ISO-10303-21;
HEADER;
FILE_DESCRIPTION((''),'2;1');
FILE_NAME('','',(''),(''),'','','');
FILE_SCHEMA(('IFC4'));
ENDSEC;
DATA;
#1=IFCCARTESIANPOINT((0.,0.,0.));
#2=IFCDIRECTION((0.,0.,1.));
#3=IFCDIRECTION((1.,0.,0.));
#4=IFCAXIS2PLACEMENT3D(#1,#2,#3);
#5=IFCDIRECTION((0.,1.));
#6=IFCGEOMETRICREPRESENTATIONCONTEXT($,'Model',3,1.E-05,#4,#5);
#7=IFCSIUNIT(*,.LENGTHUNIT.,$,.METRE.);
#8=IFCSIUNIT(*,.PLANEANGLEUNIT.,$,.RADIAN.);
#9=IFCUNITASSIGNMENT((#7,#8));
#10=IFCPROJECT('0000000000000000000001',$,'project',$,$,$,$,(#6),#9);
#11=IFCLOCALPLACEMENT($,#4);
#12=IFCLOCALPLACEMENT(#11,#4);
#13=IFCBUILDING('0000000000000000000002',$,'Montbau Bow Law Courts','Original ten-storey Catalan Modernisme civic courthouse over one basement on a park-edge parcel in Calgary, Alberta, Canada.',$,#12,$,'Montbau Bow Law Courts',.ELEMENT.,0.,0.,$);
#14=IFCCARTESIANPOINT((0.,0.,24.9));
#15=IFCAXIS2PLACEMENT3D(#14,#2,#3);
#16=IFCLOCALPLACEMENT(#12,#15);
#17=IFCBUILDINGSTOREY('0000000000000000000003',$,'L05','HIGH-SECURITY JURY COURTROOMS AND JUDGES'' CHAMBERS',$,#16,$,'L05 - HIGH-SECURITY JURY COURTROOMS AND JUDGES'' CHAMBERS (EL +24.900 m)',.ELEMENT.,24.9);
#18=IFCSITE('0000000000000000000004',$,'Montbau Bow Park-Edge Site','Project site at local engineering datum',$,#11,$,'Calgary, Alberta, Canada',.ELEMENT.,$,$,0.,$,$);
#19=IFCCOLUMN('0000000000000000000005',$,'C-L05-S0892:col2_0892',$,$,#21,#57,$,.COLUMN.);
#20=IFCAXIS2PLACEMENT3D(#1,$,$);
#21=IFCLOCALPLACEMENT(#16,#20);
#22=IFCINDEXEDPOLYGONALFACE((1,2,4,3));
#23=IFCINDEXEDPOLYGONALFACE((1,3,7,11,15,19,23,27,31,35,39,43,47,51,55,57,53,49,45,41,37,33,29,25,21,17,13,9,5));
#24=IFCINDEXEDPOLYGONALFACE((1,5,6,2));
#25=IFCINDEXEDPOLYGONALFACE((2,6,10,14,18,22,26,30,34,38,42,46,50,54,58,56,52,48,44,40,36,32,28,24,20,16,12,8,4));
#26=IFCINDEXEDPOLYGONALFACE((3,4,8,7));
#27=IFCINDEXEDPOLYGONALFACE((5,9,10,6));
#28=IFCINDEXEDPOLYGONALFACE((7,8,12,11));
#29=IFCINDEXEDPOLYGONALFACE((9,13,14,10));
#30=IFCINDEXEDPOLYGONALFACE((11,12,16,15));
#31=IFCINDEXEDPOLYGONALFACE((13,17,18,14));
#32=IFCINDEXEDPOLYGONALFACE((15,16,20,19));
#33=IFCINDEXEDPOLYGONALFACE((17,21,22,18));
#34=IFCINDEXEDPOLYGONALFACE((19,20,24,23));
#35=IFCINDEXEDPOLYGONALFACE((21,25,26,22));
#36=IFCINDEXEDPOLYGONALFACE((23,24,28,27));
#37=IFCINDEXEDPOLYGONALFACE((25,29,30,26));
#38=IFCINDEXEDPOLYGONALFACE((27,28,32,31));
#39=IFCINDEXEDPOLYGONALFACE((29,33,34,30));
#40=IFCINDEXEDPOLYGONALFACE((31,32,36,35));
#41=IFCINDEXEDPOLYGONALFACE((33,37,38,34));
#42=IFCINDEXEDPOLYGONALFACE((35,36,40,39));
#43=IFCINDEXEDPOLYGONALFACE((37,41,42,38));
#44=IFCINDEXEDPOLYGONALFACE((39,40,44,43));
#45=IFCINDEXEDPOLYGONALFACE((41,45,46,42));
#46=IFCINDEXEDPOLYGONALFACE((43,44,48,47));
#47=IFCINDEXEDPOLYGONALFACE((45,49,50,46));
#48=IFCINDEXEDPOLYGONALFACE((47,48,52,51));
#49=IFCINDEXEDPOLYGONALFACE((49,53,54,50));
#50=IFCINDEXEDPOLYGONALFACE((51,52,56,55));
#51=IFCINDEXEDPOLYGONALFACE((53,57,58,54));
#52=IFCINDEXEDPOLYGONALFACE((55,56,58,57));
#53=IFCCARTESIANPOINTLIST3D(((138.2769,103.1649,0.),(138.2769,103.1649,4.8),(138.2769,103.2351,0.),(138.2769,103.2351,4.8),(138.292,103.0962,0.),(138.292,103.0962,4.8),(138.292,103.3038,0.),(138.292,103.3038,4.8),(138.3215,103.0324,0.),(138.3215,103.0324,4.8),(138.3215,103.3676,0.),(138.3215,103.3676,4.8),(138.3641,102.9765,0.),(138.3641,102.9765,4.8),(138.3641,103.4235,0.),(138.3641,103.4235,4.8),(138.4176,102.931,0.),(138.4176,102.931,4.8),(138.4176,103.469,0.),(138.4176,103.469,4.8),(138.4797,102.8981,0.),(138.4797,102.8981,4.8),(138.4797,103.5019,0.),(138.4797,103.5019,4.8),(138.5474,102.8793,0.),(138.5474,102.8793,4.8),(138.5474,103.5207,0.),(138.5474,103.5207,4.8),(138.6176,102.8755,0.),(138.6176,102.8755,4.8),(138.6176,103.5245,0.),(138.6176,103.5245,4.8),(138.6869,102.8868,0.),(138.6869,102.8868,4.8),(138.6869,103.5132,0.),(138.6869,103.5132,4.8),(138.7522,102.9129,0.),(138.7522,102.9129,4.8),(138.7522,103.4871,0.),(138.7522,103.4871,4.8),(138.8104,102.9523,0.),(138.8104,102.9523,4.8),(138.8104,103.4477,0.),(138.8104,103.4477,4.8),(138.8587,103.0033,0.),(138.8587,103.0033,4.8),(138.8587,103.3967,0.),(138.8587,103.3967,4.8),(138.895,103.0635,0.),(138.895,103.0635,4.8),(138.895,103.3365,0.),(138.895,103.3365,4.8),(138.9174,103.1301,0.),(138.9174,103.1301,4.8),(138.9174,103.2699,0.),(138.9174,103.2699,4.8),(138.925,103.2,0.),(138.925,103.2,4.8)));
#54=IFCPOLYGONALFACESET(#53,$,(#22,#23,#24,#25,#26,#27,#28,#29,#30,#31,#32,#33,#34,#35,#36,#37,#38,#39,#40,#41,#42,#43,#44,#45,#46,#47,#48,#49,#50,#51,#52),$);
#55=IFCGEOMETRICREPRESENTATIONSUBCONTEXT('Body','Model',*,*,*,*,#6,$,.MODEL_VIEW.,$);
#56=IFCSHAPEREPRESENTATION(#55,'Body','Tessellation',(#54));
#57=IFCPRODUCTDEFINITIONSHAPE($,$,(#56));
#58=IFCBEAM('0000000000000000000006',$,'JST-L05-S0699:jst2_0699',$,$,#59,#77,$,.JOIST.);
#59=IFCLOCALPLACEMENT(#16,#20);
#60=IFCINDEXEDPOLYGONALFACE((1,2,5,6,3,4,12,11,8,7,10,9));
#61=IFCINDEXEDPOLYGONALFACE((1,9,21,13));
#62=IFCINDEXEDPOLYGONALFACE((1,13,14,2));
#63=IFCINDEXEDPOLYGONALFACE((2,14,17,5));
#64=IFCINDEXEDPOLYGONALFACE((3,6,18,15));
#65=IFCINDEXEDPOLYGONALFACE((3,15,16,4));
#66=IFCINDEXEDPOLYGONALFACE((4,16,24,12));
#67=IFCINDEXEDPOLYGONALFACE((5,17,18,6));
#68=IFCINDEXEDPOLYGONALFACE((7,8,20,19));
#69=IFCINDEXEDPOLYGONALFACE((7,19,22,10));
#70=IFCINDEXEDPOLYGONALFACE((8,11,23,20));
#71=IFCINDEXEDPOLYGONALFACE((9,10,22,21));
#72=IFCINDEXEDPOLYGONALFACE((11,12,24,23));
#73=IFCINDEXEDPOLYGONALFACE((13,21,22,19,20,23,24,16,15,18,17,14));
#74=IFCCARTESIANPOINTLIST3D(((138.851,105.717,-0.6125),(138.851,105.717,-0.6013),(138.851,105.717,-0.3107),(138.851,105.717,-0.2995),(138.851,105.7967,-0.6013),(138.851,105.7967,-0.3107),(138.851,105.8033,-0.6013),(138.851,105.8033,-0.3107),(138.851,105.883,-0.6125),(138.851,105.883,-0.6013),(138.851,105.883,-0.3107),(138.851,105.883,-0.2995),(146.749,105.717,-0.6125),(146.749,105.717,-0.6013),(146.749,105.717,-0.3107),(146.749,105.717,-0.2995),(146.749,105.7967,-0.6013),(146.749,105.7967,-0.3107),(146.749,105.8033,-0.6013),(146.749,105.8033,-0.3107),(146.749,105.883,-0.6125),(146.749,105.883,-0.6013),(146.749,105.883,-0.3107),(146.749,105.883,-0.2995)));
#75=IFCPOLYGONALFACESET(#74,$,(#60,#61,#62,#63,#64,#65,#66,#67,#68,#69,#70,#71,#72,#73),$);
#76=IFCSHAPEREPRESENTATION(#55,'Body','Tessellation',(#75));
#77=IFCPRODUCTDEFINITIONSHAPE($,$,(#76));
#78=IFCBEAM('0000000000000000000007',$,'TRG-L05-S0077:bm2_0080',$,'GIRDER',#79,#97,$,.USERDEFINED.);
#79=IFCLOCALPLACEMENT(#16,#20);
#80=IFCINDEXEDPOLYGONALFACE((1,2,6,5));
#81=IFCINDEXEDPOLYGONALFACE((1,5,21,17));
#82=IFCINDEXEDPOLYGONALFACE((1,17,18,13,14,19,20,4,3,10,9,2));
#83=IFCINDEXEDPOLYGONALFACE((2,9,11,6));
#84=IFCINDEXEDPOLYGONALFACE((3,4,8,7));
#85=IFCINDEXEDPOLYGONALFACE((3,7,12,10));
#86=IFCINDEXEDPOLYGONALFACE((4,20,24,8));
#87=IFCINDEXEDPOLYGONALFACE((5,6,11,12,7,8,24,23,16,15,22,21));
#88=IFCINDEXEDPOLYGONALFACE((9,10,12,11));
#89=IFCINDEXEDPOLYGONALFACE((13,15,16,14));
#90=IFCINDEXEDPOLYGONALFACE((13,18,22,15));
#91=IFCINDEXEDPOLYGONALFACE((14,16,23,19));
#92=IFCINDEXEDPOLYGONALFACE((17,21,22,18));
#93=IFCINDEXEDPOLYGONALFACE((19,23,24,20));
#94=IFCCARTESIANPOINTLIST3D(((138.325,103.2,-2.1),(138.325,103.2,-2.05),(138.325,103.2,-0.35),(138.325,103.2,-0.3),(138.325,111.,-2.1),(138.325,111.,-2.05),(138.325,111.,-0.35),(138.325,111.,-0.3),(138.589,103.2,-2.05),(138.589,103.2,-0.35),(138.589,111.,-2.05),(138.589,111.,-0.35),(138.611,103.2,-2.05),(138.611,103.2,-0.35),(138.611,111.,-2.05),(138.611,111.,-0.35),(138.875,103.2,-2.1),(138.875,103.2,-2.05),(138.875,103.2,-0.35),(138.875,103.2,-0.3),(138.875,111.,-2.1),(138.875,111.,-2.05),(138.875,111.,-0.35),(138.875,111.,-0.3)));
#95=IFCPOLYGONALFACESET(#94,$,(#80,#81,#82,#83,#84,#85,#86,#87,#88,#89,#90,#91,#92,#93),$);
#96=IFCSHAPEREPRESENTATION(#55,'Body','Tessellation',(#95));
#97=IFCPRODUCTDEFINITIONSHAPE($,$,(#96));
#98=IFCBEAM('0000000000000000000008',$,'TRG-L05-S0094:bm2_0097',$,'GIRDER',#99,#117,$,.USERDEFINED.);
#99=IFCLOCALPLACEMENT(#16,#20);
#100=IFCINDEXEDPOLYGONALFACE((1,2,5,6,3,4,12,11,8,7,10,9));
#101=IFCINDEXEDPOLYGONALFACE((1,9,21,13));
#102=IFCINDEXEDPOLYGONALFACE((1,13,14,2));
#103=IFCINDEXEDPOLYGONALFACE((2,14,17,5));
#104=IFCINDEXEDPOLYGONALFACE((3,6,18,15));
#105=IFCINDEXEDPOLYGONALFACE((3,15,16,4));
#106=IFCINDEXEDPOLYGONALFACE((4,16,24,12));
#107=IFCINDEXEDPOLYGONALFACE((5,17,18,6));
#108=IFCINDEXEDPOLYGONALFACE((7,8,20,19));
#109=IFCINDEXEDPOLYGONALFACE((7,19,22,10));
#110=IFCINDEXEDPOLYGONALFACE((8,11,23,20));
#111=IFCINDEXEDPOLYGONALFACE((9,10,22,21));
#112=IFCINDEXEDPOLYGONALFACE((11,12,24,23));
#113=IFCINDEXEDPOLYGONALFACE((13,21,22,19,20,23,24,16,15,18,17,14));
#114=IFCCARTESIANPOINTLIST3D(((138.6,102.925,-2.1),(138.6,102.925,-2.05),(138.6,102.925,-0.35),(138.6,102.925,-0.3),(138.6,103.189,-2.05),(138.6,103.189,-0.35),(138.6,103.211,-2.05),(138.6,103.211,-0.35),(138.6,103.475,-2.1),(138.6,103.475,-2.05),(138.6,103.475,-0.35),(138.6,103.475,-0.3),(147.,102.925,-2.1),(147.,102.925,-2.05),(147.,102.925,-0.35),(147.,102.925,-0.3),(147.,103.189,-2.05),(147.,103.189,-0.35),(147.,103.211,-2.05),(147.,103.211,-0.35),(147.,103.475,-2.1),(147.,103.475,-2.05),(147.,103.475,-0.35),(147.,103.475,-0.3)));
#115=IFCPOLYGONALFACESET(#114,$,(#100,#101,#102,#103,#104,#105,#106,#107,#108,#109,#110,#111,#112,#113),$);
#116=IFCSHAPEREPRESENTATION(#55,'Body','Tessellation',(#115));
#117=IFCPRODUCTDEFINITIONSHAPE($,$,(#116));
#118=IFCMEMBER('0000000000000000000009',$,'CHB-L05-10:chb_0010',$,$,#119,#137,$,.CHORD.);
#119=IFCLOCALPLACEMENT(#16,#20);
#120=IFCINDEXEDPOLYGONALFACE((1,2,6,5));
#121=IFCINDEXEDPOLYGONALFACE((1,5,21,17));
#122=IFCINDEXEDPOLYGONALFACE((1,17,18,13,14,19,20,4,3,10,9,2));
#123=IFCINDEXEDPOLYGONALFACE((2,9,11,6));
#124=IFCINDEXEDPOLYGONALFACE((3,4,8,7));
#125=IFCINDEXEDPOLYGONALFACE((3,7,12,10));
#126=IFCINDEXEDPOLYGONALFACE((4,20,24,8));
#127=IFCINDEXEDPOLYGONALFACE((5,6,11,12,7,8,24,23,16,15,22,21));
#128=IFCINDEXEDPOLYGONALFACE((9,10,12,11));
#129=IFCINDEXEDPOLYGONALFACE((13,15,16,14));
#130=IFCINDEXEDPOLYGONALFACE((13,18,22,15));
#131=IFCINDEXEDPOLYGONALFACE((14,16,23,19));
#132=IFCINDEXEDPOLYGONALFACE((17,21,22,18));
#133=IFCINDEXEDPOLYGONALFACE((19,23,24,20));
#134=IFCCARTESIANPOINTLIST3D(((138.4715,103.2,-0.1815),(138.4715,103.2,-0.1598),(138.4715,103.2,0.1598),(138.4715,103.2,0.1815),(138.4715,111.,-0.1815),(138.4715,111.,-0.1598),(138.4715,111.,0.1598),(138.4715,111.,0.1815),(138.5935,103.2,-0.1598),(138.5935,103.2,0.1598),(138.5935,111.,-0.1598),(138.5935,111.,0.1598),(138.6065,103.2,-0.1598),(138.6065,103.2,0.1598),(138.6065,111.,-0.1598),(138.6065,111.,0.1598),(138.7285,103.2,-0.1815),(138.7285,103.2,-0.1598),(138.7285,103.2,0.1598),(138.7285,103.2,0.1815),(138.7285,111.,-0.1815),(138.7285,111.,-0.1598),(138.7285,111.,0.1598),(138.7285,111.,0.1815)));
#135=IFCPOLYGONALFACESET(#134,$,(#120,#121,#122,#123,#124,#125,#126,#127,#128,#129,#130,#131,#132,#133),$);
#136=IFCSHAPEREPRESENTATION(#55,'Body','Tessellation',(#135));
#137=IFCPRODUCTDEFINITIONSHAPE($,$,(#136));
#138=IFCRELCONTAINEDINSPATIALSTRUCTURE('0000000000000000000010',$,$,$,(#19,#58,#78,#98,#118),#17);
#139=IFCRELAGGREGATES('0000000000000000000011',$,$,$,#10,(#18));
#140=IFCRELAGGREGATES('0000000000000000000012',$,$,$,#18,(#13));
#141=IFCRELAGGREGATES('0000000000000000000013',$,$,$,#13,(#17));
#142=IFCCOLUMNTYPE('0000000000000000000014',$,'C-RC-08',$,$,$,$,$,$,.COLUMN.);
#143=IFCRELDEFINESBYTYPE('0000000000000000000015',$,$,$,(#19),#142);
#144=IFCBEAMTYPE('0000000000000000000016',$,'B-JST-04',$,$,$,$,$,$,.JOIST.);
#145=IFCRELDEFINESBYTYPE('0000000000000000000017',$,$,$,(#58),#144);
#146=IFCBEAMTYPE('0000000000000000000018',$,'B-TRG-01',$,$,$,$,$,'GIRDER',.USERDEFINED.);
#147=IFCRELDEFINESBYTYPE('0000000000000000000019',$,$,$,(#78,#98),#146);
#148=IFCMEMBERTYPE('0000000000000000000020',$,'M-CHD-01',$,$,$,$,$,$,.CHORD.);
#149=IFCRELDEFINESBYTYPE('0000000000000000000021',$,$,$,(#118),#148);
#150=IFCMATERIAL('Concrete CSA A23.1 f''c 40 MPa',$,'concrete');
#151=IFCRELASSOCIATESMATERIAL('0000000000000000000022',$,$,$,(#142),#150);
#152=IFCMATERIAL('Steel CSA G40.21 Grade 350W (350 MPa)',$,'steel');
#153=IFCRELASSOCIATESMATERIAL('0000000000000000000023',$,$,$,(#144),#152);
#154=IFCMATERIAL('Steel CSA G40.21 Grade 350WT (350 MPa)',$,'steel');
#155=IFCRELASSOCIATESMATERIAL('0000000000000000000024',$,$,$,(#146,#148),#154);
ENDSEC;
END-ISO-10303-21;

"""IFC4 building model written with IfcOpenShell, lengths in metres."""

from ifc_helpers import new_model, si_unit, direction, frame, origin_with_axes, origin_2d_with_axis, place, context, subcontext, project, spatial, circle, i_section, extrude, material, material_profile, profile_set, type_object, element, save


model = new_model("IFC4")

# Units and contexts
model_context = context("Model", 3, precision=1e-05, world=origin_with_axes(), true_north=direction((0.0, 1.0)))
body_context = subcontext(model_context, "Body", "Model", "MODEL_VIEW")
ifc_project = project(units=[si_unit("LENGTHUNIT", "METRE"), si_unit("PLANEANGLEUNIT", "RADIAN")], contexts=[model_context])

# Site, building, storey
site_placement = place(None, origin_with_axes())
site = spatial("IfcSite", under=ifc_project, at=site_placement, Name="Montbau Bow Park-Edge Site", Description="Project site at local engineering datum", LongName="Calgary, Alberta, Canada", CompositionType="ELEMENT", RefElevation=0.0)
building_placement = place(site_placement, origin_with_axes())
building = spatial("IfcBuilding", under=site, at=building_placement, Name="Montbau Bow Law Courts", Description="Original ten-storey Catalan Modernisme civic courthouse over one basement on a park-edge parcel in Calgary, Alberta, Canada.", LongName="Montbau Bow Law Courts", CompositionType="ELEMENT", ElevationOfRefHeight=0.0, ElevationOfTerrain=0.0)
storey_placement = place(building_placement, frame((0.0, 0.0, 24.9), z_axis=(0.0, 0.0, 1.0), x_axis=(1.0, 0.0, 0.0)))
storey = spatial("IfcBuildingStorey", under=building, at=storey_placement, Name="L05", Description="HIGH-SECURITY JURY COURTROOMS AND JUDGES' CHAMBERS", LongName="L05 - HIGH-SECURITY JURY COURTROOMS AND JUDGES' CHAMBERS (EL +24.900 m)", CompositionType="ELEMENT", Elevation=24.9)

# Column
ifc_material_1 = material(Name="Concrete CSA A23.1 f'c 40 MPa", Category="concrete")
ifc_material_profile_1 = material_profile(ifc_material_1, circle(Radius=0.325, at=origin_2d_with_axis()), Name="RC650D", Category="Main", Priority=0)
ifc_profile_set_1 = profile_set([ifc_material_profile_1], Name="Concrete CSA A23.1 f'c 40 MPa")
column_type = type_object("IfcColumnType", Name="C-RC-08", PredefinedType="COLUMN", material=ifc_profile_set_1)
column_placement = place(None, frame((138.6, 103.2, 24.9), z_axis=(0.0, 0.0, 1.0), x_axis=(1.0, 0.0, 0.0)))
element("IfcColumn", 1, at=column_placement, inside=storey, type_object=column_type, Name="C-L05-S0892:col2_0892", PredefinedType="COLUMN", context=body_context, shape_type="SweptSolid", body=[
    extrude(circle(Radius=0.325, at=origin_2d_with_axis()), origin_with_axes(), (0.0, 0.0, 1.0), 4.8),
])

# Beams
ifc_material_2 = material(Name="Steel CSA G40.21 Grade 350W (350 MPa)", Category="steel")
ifc_material_profile_2 = material_profile(ifc_material_2, i_section(OverallWidth=0.166, OverallDepth=0.313, WebThickness=0.0066, FlangeThickness=0.0112, at=origin_2d_with_axis()), Name="W310X45", Category="Main", Priority=0)
ifc_profile_set_2 = profile_set([ifc_material_profile_2], Name="Steel CSA G40.21 Grade 350W (350 MPa)")
beam_type_1 = type_object("IfcBeamType", Name="B-JST-04", PredefinedType="JOIST", material=ifc_profile_set_2)
beam_1_placement = place(None, frame((138.851, 105.8, 24.444), z_axis=(1.0, 0.0, 0.0), x_axis=(0.0, 1.0, 0.0)))
element("IfcBeam", 2, at=beam_1_placement, inside=storey, type_object=beam_type_1, Name="JST-L05-S0699:jst2_0699", PredefinedType="JOIST", context=body_context, shape_type="SweptSolid", body=[
    extrude(i_section(OverallWidth=0.166, OverallDepth=0.313, WebThickness=0.0066, FlangeThickness=0.0112, at=origin_2d_with_axis()), origin_with_axes(), (0.0, 0.0, 1.0), 7.898),
])
ifc_material_3 = material(Name="Steel CSA G40.21 Grade 350WT (350 MPa)", Category="steel")
ifc_material_profile_3 = material_profile(ifc_material_3, i_section(OverallWidth=0.55, OverallDepth=1.8, WebThickness=0.022, FlangeThickness=0.05, at=origin_2d_with_axis()), Name="WWF1800X550", Category="Main", Priority=0)
ifc_profile_set_3 = profile_set([ifc_material_profile_3], Name="Steel CSA G40.21 Grade 350WT (350 MPa)")
beam_type_2 = type_object("IfcBeamType", Name="B-TRG-01", ElementType="GIRDER", PredefinedType="USERDEFINED", material=ifc_profile_set_3)
beam_2_placement = place(None, frame((138.6, 103.2, 23.7), z_axis=(0.0, 1.0, 0.0), x_axis=(-1.0, 0.0, 0.0)))
element("IfcBeam", 3, at=beam_2_placement, inside=storey, type_object=beam_type_2, Name="TRG-L05-S0077:bm2_0080", ObjectType="GIRDER", PredefinedType="USERDEFINED", context=body_context, shape_type="SweptSolid", body=[
    extrude(i_section(OverallWidth=0.55, OverallDepth=1.8, WebThickness=0.022, FlangeThickness=0.05, at=origin_2d_with_axis()), origin_with_axes(), (0.0, 0.0, 1.0), 7.8),
])
beam_3_placement = place(None, frame((138.6, 103.2, 23.7), z_axis=(1.0, 0.0, 0.0), x_axis=(0.0, 1.0, 0.0)))
element("IfcBeam", 4, at=beam_3_placement, inside=storey, type_object=beam_type_2, Name="TRG-L05-S0094:bm2_0097", ObjectType="GIRDER", PredefinedType="USERDEFINED", context=body_context, shape_type="SweptSolid", body=[
    extrude(i_section(OverallWidth=0.55, OverallDepth=1.8, WebThickness=0.022, FlangeThickness=0.05, at=origin_2d_with_axis()), origin_with_axes(), (0.0, 0.0, 1.0), 8.4),
])

# Member
ifc_material_profile_4 = material_profile(ifc_material_3, i_section(OverallWidth=0.257, OverallDepth=0.363, WebThickness=0.013, FlangeThickness=0.0217, at=origin_2d_with_axis()), Name="W360X122", Category="Main", Priority=0)
ifc_profile_set_4 = profile_set([ifc_material_profile_4], Name="Steel CSA G40.21 Grade 350WT (350 MPa)")
member_type_1 = type_object("IfcMemberType", Name="M-CHD-01", PredefinedType="CHORD", material=ifc_profile_set_4)
member_1_placement = place(None, frame((138.6, 103.2, 24.9), z_axis=(0.0, 1.0, 0.0), x_axis=(-1.0, 0.0, 0.0)))
element("IfcMember", 5, at=member_1_placement, inside=storey, type_object=member_type_1, Name="CHB-L05-10:chb_0010", PredefinedType="CHORD", context=body_context, shape_type="SweptSolid", body=[
    extrude(i_section(OverallWidth=0.257, OverallDepth=0.363, WebThickness=0.013, FlangeThickness=0.0217, at=origin_2d_with_axis()), origin_with_axes(), (0.0, 0.0, 1.0), 7.8),
])

save(model, "model.ifc")
